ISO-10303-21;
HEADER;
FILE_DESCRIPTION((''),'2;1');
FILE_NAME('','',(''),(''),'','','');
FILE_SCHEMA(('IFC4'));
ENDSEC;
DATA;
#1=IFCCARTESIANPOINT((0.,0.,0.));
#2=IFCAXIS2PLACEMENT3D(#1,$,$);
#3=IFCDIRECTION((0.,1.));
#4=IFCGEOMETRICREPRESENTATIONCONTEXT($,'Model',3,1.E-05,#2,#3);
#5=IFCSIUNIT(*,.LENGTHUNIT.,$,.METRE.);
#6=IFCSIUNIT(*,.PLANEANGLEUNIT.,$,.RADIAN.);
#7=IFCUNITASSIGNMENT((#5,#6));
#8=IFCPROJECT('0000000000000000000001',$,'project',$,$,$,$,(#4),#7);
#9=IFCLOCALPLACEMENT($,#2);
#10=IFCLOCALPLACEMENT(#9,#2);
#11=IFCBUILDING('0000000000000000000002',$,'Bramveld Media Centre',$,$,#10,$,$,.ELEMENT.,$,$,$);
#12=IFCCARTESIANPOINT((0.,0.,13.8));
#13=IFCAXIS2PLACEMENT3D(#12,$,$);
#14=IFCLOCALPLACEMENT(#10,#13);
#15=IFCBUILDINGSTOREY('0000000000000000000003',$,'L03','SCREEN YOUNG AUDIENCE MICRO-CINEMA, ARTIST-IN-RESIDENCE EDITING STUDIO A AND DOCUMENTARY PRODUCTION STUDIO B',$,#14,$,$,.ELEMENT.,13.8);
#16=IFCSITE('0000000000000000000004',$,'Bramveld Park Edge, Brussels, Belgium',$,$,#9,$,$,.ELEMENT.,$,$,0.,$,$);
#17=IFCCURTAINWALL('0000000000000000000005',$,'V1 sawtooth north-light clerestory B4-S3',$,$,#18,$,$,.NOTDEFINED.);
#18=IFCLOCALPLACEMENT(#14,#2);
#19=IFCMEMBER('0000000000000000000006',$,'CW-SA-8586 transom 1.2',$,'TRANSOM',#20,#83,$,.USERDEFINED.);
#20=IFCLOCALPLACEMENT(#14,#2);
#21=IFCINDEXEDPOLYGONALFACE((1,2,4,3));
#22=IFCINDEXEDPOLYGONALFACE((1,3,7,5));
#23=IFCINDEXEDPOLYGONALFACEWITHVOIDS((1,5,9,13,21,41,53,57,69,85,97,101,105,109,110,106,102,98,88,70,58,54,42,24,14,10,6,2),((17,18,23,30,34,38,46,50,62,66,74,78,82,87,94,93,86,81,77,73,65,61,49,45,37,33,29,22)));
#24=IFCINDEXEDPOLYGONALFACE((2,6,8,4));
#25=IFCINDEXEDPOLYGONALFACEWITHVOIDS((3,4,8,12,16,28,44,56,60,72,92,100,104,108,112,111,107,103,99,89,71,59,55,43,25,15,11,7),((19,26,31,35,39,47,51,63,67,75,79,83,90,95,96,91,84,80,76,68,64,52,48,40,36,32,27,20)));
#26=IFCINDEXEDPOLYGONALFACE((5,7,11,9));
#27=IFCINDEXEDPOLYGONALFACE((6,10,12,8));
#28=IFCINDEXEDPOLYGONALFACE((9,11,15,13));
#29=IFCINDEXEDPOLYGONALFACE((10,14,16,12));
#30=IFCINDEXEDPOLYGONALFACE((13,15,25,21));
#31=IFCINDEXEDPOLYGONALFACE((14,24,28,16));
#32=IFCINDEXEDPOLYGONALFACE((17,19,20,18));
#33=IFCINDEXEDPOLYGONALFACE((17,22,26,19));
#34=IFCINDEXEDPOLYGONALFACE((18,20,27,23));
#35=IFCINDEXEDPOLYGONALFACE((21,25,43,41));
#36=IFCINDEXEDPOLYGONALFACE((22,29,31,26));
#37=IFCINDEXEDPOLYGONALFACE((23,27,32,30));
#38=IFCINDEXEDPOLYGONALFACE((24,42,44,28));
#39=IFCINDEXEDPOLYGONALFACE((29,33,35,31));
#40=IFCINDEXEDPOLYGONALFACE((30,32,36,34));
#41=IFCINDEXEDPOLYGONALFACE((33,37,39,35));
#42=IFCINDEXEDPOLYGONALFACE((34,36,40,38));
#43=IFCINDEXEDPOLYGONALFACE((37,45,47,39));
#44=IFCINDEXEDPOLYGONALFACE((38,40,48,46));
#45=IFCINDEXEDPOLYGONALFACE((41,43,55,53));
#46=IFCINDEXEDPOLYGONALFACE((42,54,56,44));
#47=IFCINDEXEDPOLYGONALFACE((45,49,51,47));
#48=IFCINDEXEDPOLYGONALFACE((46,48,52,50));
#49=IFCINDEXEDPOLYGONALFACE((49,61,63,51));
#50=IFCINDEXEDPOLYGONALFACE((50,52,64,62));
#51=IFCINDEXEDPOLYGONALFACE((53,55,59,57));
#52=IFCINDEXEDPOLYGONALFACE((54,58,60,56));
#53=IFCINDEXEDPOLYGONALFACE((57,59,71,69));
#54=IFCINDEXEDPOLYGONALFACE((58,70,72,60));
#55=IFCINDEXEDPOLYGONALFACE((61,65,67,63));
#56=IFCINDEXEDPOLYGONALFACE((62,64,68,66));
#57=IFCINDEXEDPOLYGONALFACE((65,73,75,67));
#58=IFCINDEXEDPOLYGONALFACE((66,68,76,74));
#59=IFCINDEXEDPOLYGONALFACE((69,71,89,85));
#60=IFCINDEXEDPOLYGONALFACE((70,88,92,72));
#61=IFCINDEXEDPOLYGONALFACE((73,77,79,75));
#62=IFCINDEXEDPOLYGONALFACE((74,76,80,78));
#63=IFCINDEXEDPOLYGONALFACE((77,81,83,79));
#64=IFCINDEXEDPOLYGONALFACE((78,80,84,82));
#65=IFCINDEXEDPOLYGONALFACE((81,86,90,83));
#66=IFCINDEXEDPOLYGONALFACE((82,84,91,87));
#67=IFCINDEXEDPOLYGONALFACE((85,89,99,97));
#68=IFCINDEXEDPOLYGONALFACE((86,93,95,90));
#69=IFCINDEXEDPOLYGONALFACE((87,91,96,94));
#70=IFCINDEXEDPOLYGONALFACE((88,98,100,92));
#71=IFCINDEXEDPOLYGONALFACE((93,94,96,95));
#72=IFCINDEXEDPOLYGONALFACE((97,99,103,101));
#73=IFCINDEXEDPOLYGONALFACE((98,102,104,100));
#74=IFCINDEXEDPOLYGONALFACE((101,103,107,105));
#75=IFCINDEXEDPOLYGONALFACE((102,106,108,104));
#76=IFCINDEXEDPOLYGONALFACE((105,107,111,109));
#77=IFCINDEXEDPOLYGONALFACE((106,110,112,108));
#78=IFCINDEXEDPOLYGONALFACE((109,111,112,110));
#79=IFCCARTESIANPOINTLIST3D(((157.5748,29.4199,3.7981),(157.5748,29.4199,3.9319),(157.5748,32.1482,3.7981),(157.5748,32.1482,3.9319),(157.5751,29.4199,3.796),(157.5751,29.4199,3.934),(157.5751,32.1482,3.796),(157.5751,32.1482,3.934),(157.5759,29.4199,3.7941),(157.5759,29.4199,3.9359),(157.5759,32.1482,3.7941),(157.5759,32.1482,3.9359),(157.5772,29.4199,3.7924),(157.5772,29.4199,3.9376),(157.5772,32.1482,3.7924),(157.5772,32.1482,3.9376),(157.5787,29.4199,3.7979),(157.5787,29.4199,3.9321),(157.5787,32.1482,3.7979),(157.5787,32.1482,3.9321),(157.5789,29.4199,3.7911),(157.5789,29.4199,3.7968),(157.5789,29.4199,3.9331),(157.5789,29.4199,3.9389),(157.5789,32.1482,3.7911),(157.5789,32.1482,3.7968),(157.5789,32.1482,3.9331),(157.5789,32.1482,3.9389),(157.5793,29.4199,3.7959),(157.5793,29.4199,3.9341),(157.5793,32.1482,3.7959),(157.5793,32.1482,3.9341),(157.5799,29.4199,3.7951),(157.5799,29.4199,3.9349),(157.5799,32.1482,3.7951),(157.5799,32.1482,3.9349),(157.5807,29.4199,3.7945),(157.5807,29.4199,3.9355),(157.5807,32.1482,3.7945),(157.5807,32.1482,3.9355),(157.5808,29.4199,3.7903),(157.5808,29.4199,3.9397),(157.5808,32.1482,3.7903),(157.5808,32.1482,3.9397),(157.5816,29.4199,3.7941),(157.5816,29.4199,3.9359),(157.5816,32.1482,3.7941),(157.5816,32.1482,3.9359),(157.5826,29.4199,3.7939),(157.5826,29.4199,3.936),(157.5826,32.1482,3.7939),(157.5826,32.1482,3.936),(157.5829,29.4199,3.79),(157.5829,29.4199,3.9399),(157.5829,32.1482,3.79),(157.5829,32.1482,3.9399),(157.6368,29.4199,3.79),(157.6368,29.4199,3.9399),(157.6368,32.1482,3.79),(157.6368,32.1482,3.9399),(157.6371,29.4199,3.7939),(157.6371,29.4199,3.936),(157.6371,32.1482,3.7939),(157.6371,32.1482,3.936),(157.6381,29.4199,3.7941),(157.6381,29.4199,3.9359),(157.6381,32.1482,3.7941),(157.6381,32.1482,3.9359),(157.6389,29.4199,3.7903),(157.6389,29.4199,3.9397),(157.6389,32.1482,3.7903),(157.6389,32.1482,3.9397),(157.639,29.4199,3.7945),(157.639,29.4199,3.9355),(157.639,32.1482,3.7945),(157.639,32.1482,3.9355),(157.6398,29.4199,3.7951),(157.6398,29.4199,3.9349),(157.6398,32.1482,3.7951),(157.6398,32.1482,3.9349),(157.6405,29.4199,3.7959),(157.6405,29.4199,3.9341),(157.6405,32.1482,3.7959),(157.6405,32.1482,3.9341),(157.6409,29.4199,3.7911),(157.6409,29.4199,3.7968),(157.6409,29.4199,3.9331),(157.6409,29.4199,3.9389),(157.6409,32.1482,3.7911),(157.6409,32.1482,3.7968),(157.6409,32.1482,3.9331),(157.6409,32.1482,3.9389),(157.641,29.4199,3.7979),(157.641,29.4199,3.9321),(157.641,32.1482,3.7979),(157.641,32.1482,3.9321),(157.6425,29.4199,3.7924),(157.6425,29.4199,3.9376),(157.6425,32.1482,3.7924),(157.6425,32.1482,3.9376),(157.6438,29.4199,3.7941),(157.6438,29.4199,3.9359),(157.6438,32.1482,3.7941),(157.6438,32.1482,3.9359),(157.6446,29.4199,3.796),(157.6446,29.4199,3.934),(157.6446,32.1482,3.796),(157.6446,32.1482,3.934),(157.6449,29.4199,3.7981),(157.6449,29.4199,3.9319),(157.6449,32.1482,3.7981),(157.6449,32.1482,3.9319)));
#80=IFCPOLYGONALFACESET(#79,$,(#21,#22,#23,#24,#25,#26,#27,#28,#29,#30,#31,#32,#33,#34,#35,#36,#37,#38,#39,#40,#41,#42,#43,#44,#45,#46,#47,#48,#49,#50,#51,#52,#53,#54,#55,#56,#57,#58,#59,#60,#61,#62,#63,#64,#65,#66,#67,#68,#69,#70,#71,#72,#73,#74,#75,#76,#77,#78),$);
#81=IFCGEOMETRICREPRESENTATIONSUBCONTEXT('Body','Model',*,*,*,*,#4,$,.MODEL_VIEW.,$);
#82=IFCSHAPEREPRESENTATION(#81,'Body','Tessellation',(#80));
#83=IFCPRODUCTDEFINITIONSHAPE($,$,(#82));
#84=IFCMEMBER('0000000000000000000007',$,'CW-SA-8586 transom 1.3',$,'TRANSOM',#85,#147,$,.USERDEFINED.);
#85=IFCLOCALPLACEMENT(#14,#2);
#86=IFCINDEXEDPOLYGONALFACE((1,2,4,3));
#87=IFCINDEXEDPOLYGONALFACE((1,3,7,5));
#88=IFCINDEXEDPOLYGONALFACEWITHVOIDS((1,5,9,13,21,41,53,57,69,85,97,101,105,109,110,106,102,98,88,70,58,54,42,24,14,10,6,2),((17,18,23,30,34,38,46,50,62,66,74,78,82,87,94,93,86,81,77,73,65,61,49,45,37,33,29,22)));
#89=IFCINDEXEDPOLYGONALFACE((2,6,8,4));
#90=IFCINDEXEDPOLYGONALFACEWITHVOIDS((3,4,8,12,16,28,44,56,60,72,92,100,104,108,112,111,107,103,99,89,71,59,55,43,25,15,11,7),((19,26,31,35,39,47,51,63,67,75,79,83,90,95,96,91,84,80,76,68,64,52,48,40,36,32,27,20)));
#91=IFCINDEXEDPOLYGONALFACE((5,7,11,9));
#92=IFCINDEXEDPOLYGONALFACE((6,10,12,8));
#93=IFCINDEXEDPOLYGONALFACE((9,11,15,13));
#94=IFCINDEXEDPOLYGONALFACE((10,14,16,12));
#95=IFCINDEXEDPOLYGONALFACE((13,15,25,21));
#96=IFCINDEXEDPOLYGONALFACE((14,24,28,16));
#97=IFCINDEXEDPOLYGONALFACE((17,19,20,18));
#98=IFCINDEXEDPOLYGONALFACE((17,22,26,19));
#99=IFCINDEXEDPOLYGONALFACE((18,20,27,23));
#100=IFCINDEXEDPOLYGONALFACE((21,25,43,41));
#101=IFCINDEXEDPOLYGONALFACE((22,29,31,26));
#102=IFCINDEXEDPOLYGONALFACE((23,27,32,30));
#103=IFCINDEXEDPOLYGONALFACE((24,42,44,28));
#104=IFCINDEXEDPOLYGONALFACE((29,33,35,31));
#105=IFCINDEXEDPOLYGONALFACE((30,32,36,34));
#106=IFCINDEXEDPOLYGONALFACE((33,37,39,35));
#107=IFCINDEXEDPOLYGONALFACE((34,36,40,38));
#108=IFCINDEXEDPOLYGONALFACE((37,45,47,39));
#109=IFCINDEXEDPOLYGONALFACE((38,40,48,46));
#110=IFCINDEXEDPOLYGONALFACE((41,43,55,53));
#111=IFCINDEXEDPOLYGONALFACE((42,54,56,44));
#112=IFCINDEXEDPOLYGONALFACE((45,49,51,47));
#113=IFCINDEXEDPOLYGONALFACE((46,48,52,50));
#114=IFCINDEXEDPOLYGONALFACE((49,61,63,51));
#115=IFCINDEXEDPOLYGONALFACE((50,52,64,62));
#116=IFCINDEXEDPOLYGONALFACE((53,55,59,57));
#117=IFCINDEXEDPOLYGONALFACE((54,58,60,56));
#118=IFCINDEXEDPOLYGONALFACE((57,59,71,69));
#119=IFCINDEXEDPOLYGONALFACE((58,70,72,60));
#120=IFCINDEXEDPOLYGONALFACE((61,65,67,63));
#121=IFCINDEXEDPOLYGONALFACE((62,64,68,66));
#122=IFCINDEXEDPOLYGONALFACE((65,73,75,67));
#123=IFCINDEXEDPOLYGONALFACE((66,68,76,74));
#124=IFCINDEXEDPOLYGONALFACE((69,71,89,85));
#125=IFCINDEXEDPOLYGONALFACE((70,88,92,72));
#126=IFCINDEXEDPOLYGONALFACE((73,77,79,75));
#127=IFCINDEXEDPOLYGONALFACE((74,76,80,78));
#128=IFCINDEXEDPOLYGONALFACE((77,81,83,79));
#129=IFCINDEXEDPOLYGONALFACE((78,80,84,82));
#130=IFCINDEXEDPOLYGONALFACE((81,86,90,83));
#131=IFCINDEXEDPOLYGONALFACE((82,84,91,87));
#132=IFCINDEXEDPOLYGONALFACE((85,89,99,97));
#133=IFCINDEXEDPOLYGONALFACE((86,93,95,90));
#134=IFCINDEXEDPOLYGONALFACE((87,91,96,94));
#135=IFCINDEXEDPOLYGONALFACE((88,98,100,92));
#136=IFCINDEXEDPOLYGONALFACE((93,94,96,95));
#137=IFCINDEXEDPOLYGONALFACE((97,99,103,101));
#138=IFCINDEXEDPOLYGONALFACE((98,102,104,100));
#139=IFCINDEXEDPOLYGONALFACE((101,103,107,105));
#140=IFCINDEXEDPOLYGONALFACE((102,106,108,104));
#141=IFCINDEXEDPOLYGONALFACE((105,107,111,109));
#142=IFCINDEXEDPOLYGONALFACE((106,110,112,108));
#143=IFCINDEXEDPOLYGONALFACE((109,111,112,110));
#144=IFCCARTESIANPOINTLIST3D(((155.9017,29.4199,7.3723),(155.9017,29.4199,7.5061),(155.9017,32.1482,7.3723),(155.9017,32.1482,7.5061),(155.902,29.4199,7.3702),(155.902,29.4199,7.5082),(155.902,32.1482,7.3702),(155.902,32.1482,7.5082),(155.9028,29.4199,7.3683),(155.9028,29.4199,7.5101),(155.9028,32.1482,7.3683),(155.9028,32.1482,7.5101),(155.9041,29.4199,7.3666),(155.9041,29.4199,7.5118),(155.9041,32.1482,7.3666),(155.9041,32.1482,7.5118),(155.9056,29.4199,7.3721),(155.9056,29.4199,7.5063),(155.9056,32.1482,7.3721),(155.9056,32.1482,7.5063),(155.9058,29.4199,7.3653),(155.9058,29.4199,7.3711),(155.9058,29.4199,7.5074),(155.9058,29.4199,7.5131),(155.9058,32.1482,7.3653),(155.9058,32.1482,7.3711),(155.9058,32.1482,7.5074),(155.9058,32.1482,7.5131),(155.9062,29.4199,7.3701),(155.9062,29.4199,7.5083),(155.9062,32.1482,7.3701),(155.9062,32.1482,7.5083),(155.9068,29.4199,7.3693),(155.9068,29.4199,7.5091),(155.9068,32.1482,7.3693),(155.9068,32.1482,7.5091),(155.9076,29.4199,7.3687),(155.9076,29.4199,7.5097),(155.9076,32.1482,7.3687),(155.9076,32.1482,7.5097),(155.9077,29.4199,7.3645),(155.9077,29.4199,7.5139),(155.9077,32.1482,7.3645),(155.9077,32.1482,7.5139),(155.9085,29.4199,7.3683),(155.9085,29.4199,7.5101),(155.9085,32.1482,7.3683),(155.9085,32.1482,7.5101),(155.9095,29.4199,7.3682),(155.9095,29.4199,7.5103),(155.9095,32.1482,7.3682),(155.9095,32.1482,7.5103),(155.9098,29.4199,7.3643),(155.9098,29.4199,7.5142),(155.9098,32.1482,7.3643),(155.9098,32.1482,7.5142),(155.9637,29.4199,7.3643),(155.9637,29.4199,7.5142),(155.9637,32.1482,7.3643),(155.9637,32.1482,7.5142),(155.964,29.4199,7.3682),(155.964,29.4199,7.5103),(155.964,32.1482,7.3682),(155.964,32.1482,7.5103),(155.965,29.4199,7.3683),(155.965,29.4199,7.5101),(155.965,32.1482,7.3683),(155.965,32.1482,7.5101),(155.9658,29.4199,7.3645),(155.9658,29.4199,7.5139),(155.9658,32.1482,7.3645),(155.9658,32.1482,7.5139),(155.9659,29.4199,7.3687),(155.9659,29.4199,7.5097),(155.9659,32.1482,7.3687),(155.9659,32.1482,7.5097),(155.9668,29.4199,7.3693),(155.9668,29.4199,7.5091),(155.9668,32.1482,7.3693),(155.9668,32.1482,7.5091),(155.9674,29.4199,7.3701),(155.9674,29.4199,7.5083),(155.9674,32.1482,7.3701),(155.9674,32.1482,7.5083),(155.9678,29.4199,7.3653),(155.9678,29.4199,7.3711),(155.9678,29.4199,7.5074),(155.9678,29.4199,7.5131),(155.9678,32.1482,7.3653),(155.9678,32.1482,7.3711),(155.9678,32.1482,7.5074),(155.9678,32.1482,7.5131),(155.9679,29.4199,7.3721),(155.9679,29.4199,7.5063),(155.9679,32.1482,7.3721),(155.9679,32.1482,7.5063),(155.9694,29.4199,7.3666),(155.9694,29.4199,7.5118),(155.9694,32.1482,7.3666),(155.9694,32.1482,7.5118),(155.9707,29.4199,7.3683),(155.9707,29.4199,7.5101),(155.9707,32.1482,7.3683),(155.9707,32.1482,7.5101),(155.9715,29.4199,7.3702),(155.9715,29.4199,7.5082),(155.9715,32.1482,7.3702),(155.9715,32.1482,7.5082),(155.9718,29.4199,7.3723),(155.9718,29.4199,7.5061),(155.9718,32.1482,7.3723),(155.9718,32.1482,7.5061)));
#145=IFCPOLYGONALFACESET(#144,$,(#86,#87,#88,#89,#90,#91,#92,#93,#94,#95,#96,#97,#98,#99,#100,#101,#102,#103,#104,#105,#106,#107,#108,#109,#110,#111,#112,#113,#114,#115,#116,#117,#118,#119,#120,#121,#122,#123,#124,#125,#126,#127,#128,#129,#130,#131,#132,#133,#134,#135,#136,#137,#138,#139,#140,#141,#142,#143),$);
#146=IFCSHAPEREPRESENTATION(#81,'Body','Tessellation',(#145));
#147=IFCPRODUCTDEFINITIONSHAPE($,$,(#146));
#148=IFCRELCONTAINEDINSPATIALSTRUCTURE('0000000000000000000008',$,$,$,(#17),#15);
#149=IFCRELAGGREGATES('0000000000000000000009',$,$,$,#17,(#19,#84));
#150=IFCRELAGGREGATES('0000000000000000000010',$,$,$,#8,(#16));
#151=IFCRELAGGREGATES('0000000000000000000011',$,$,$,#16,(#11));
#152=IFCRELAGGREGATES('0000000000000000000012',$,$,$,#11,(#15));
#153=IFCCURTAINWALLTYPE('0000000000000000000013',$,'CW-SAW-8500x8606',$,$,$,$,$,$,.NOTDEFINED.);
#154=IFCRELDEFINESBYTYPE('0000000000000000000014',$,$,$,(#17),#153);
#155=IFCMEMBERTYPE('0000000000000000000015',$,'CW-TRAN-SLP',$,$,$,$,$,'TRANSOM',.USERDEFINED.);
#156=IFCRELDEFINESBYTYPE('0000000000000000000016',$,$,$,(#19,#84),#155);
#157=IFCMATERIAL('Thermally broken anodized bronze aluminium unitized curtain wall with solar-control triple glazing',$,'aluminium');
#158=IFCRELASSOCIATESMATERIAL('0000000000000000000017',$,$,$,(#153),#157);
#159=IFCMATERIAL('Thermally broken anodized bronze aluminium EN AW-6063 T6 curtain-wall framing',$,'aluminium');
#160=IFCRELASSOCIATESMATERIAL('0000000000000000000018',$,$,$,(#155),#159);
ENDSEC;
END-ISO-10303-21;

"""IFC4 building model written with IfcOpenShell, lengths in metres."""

from ifc_helpers import new_model, si_unit, direction, frame, origin, origin_2d, place, context, subcontext, project, spatial, hollow_rectangle, extrude, material, material_profile, profile_set, type_object, element, aggregate, save


model = new_model("IFC4")

# Units and contexts
model_context = context("Model", 3, precision=1e-05, world=origin(), true_north=direction((0.0, 1.0)))
body_context = subcontext(model_context, "Body", "Model", "MODEL_VIEW")
ifc_project = project(units=[si_unit("LENGTHUNIT", "METRE"), si_unit("PLANEANGLEUNIT", "RADIAN")], contexts=[model_context])

# Site, building, storey
site_placement = place(None, origin())
site = spatial("IfcSite", under=ifc_project, at=site_placement, Name="Bramveld Park Edge, Brussels, Belgium", CompositionType="ELEMENT", RefElevation=0.0)
building_placement = place(site_placement, origin())
building = spatial("IfcBuilding", under=site, at=building_placement, Name="Bramveld Media Centre", CompositionType="ELEMENT")
storey_placement = place(building_placement, frame((0.0, 0.0, 13.8)))
storey = spatial("IfcBuildingStorey", under=building, at=storey_placement, Name="L03", Description="SCREEN YOUNG AUDIENCE MICRO-CINEMA, ARTIST-IN-RESIDENCE EDITING STUDIO A AND DOCUMENTARY PRODUCTION STUDIO B", CompositionType="ELEMENT", Elevation=13.8)

# Shared definitions
ifc_material_1 = material(Name="Thermally broken anodized bronze aluminium unitized curtain wall with solar-control triple glazing", Category="aluminium")
curtain_wall_type_1 = type_object("IfcCurtainWallType", Name="CW-SAW-8500x8606", PredefinedType="NOTDEFINED", material=ifc_material_1)

# Shared definitions
ifc_material_2 = material(Name="Thermally broken anodized bronze aluminium EN AW-6063 T6 curtain-wall framing", Category="aluminium")
ifc_material_profile_1 = material_profile(ifc_material_2, hollow_rectangle(XDim=0.0701, YDim=0.1499, WallThickness=0.0039, InnerFilletRadius=0.0039, OuterFilletRadius=0.0081, at=origin_2d()), Name="AL-TRAN 70x150")
ifc_profile_set_1 = profile_set([ifc_material_profile_1], Name="Thermally broken anodized bronze aluminium EN AW-6063 T6 curtain-wall framing")
member_type_1 = type_object("IfcMemberType", Name="CW-TRAN-SLP", ElementType="TRANSOM", PredefinedType="USERDEFINED", material=ifc_profile_set_1)

# Curtain wall, members
curtain_wall_1_placement = place(storey_placement, origin())
curtain_wall_1 = element("IfcCurtainWall", 1, at=curtain_wall_1_placement, inside=storey, type_object=curtain_wall_type_1, Name="V1 sawtooth north-light clerestory B4-S3", PredefinedType="NOTDEFINED")
member_1_placement = place(storey_placement, frame((157.6099, 29.4199, 3.865), z_axis=(0.0, 1.0, 0.0), x_axis=(-1.0, 0.0, 0.0)))
member_1 = element("IfcMember", 2, at=member_1_placement, type_object=member_type_1, Name="CW-SA-8586 transom 1.2", ObjectType="TRANSOM", PredefinedType="USERDEFINED", context=body_context, shape_type="SweptSolid", body=[
    extrude(hollow_rectangle(XDim=0.0701, YDim=0.1499, WallThickness=0.0039, InnerFilletRadius=0.0039, OuterFilletRadius=0.0081, at=origin_2d()), origin(), (0.0, 0.0, 1.0), 2.7283),
])
member_2_placement = place(storey_placement, frame((155.9368, 29.4199, 7.4392), z_axis=(0.0, 1.0, 0.0), x_axis=(-1.0, 0.0, 0.0)))
member_2 = element("IfcMember", 3, at=member_2_placement, type_object=member_type_1, Name="CW-SA-8586 transom 1.3", ObjectType="TRANSOM", PredefinedType="USERDEFINED", context=body_context, shape_type="SweptSolid", body=[
    extrude(hollow_rectangle(XDim=0.0701, YDim=0.1499, WallThickness=0.0039, InnerFilletRadius=0.0039, OuterFilletRadius=0.0081, at=origin_2d()), origin(), (0.0, 0.0, 1.0), 2.7283),
])

aggregate(curtain_wall_1, [member_1, member_2])

save(model, "model.ifc")
